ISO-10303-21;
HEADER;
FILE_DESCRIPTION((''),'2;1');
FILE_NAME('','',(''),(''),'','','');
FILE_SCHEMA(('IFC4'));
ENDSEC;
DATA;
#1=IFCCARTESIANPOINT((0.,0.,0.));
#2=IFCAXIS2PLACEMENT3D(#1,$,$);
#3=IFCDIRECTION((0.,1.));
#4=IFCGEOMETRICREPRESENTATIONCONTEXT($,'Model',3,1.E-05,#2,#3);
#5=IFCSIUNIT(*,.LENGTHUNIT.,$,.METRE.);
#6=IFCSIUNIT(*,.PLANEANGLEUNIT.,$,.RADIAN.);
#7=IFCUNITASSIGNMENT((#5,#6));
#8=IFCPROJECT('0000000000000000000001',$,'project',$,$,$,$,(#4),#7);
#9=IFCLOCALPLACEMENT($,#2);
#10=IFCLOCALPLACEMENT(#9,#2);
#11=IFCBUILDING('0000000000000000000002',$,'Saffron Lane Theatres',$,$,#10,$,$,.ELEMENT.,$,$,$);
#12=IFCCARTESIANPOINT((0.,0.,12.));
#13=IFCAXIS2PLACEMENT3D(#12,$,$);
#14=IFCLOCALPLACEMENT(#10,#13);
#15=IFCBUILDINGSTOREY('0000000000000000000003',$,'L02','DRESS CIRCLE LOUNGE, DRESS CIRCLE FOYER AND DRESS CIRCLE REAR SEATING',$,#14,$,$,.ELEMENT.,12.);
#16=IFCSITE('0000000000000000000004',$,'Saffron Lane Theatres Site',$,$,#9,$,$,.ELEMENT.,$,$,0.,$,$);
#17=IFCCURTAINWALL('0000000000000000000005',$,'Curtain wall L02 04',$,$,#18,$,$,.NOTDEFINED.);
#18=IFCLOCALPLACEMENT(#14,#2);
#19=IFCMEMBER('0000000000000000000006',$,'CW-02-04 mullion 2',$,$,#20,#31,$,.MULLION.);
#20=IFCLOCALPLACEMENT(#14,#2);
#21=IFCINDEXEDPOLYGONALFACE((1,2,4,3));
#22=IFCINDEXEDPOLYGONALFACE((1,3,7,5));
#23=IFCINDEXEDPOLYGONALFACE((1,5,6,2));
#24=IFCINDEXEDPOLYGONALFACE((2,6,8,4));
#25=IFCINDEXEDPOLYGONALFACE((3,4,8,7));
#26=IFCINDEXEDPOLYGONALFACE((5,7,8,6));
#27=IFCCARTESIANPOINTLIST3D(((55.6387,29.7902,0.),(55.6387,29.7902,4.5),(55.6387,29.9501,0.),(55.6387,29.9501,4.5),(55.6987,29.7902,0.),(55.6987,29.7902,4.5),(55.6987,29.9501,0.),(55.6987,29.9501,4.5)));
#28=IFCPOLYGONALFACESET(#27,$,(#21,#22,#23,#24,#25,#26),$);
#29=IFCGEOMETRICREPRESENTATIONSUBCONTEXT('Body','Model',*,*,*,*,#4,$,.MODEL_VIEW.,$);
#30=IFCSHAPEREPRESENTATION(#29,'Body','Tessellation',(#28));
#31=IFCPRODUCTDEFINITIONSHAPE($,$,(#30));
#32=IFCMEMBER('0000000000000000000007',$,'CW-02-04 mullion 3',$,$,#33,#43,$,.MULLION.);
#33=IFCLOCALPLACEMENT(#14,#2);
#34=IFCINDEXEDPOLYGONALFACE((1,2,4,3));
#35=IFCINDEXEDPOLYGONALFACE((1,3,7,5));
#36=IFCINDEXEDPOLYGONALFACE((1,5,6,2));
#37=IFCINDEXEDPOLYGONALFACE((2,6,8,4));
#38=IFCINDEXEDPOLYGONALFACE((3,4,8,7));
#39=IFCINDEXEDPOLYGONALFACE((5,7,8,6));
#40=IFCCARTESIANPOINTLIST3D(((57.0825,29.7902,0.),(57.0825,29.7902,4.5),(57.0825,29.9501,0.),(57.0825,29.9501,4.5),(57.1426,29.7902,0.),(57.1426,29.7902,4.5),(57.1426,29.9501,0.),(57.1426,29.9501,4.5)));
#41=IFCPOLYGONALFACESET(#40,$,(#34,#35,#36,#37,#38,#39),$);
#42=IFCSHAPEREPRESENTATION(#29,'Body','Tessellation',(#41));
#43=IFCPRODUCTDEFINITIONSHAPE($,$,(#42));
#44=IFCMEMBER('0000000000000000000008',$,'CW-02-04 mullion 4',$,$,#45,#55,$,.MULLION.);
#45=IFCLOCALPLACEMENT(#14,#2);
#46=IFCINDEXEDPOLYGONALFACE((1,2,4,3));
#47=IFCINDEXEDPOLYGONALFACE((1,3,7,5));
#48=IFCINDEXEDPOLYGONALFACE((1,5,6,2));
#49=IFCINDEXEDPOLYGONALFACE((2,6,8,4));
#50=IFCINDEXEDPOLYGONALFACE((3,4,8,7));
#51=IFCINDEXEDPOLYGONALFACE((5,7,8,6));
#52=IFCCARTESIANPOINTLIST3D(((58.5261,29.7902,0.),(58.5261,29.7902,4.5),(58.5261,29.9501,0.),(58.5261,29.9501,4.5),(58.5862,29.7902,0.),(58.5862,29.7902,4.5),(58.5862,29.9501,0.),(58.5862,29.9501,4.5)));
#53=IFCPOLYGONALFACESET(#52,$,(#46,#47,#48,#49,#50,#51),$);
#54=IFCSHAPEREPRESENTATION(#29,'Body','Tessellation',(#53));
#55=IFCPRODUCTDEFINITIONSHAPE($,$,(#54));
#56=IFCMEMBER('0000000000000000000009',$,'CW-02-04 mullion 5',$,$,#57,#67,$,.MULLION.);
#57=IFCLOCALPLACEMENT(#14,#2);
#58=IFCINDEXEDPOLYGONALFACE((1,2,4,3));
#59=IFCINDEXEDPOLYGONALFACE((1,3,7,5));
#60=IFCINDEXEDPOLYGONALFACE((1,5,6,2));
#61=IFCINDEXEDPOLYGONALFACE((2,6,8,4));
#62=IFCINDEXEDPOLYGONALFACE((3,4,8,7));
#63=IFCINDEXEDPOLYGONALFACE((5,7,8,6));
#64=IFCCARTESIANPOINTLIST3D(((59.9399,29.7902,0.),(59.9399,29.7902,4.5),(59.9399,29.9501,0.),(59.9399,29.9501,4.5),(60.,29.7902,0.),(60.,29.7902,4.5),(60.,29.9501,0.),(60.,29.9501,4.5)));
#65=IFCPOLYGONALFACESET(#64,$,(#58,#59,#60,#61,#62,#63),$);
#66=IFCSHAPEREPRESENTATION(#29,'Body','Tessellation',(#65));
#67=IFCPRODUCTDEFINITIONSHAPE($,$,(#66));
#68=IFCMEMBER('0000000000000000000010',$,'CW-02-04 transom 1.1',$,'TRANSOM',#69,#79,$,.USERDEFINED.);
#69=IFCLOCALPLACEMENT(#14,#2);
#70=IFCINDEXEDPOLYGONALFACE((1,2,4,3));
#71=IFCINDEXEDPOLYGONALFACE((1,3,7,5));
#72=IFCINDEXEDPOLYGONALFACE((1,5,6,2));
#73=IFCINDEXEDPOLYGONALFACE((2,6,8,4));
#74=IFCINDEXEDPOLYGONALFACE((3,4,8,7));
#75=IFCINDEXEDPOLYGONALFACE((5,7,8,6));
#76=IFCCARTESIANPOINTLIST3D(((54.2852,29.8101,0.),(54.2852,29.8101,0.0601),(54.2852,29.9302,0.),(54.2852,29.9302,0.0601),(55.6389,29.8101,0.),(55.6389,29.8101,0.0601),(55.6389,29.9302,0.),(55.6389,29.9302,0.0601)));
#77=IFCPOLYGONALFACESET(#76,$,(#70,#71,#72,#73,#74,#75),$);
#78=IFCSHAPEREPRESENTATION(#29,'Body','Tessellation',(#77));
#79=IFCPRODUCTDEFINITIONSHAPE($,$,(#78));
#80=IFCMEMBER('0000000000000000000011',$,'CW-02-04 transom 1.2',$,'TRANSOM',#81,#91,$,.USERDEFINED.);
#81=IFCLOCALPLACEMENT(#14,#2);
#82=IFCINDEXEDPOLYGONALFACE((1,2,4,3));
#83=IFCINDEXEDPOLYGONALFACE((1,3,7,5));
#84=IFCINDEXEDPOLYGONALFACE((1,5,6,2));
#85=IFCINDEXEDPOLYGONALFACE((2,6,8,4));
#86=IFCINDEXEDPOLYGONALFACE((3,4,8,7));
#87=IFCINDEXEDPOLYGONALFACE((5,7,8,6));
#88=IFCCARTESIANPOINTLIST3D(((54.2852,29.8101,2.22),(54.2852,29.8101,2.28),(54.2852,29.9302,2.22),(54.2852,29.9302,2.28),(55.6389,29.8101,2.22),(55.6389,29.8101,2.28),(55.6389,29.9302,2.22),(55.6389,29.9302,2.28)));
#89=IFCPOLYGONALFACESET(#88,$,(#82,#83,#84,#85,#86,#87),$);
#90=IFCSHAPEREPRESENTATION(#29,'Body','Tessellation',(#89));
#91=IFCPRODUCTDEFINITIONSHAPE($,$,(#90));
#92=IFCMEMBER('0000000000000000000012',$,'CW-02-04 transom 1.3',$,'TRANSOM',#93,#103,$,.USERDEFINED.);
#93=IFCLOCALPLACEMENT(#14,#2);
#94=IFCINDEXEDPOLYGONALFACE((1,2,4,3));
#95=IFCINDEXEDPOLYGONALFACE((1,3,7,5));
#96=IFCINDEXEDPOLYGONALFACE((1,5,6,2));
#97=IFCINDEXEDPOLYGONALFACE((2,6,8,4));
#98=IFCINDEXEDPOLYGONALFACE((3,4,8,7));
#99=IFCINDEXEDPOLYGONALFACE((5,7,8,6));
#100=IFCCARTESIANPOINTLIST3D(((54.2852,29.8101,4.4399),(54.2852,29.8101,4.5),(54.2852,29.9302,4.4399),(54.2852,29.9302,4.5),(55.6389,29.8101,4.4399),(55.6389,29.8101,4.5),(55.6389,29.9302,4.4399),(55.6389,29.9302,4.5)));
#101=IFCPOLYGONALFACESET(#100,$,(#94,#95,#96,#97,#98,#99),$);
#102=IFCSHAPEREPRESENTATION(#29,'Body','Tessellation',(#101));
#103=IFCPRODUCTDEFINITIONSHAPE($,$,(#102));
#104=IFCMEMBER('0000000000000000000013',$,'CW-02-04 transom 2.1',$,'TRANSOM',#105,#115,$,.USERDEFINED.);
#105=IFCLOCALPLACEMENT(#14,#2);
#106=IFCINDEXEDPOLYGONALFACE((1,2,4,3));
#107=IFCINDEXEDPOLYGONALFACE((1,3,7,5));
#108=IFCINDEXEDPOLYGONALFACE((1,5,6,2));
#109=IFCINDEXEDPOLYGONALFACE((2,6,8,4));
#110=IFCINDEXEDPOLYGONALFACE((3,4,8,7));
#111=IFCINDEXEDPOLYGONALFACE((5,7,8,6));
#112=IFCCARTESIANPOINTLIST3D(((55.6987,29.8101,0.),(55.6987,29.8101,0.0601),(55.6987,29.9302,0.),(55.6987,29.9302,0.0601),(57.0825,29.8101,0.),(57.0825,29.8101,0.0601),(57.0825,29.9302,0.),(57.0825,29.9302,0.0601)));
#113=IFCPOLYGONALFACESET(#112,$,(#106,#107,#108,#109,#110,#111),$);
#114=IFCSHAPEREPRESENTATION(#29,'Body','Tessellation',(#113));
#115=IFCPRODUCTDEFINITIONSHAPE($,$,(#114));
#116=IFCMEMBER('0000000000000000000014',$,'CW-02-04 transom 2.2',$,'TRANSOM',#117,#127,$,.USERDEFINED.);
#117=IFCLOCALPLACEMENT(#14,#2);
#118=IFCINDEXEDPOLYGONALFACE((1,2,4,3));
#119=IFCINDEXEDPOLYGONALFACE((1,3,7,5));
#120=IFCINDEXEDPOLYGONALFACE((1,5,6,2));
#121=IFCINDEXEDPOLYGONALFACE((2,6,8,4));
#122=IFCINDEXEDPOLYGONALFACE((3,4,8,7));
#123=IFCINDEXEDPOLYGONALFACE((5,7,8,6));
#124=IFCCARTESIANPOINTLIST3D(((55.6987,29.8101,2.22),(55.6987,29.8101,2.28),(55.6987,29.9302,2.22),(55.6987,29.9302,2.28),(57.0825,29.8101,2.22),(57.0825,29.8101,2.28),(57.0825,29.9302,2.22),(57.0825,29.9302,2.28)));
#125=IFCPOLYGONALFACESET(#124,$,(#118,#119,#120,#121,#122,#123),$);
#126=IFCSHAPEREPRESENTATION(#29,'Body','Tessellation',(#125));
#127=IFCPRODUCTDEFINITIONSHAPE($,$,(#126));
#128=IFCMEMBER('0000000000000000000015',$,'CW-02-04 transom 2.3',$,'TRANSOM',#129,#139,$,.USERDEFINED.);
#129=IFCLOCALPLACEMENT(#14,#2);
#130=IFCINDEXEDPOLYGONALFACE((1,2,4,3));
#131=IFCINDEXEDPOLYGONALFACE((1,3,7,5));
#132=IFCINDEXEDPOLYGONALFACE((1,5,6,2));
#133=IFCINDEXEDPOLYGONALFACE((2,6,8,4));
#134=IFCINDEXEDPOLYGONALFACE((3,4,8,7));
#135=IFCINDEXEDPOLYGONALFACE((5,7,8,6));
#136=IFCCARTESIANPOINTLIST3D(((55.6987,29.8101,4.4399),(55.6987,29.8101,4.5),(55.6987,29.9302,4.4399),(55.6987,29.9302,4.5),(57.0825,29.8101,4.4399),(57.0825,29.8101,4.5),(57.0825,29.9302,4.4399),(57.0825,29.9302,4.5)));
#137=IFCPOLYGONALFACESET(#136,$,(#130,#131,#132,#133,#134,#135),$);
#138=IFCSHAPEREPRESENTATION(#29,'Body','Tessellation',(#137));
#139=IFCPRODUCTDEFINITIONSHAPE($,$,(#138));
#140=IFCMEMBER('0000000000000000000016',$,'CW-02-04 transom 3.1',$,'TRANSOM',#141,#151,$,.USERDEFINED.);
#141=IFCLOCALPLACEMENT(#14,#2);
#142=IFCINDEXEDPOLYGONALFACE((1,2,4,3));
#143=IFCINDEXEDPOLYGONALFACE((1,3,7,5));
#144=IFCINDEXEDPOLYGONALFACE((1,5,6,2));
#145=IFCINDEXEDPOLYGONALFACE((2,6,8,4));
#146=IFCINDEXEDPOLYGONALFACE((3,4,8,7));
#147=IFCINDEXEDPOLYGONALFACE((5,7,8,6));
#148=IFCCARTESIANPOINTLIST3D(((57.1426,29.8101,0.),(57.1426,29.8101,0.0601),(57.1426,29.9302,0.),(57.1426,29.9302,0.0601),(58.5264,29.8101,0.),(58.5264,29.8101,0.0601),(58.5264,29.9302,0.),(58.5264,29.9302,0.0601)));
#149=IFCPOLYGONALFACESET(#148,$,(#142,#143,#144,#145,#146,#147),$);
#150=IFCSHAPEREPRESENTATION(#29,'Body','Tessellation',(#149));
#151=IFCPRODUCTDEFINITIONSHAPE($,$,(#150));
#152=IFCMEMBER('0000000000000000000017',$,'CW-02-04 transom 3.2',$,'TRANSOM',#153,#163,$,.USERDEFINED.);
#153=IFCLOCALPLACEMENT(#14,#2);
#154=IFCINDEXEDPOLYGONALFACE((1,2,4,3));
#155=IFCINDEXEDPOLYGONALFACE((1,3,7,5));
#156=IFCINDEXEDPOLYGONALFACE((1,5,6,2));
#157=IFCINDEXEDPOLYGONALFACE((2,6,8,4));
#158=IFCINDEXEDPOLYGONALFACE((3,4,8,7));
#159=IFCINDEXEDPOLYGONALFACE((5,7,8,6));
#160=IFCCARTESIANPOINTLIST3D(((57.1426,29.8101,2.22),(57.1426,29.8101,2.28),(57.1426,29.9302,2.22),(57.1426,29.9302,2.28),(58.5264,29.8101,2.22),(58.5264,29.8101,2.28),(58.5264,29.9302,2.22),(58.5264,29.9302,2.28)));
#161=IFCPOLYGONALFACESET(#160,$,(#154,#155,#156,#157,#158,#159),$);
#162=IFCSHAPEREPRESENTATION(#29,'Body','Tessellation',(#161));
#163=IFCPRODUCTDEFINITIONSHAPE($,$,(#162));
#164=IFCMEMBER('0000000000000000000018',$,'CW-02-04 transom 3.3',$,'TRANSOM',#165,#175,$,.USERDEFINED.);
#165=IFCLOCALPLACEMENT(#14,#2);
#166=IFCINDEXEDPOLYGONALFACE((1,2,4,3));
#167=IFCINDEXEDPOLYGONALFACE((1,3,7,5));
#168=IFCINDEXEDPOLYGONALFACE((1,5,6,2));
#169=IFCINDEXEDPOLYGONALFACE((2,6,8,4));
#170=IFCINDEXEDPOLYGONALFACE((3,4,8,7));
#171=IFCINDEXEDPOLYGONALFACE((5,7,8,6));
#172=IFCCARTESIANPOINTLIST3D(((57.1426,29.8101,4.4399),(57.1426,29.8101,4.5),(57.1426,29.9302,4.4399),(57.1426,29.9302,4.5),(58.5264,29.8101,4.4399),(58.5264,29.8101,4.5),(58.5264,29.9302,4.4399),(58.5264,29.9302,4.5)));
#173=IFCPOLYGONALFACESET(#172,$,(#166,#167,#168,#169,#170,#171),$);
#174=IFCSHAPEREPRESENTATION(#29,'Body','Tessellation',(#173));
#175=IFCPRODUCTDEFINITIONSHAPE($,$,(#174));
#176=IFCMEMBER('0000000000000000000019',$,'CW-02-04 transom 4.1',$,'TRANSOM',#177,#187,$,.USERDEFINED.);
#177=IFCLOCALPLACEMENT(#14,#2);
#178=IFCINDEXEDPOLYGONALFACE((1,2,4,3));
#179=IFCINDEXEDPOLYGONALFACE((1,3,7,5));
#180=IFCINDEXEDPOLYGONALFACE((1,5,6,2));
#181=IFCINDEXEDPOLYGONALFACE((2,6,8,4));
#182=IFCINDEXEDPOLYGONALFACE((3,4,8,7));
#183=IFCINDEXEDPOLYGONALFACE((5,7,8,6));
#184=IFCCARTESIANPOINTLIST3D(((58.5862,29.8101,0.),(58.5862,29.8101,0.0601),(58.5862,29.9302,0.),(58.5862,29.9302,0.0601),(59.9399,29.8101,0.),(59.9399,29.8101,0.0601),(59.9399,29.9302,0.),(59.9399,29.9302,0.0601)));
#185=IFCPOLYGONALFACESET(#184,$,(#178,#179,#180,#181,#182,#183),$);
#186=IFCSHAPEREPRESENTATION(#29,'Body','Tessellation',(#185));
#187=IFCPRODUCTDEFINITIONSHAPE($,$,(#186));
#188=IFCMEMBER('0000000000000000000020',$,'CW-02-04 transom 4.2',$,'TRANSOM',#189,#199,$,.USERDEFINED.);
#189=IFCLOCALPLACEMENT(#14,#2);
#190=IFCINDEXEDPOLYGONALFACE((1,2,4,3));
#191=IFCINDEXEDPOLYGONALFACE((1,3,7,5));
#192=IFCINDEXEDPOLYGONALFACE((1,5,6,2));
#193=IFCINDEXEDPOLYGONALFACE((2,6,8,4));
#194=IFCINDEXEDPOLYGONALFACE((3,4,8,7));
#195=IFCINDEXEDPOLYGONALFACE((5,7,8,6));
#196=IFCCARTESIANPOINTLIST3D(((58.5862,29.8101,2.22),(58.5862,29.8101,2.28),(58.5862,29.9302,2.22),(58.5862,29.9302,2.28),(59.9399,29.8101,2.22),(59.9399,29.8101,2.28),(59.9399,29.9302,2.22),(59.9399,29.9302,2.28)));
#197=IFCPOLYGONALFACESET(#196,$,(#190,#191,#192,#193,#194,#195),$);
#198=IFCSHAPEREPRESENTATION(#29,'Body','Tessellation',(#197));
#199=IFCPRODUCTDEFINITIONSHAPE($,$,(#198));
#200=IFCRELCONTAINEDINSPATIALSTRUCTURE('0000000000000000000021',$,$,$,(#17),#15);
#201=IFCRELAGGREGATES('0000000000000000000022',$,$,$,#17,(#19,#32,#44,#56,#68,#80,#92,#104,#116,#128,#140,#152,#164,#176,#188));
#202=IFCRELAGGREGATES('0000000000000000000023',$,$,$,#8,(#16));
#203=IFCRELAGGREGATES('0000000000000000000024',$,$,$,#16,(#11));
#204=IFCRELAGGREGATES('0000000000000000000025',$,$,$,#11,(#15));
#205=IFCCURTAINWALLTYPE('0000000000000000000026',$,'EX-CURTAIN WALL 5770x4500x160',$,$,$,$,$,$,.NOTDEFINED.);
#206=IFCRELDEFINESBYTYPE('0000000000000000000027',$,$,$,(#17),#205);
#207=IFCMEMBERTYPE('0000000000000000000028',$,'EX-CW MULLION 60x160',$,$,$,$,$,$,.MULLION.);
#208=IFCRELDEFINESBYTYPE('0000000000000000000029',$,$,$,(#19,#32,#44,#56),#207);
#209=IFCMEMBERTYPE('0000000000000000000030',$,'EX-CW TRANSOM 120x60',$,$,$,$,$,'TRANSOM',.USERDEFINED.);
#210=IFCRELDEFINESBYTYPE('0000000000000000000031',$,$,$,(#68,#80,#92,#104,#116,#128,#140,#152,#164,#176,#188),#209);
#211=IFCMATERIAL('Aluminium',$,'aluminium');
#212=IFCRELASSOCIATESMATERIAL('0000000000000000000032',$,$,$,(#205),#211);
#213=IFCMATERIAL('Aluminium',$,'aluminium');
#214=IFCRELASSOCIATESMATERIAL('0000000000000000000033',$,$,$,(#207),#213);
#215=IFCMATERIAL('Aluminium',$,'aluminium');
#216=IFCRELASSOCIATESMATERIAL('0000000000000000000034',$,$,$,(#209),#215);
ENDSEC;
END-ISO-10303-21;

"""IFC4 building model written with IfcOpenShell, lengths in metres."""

from ifc_helpers import new_model, si_unit, direction, frame, origin, origin_2d, place, context, subcontext, project, spatial, rectangle, extrude, material, material_profile, profile_set, type_object, element, aggregate, save


model = new_model("IFC4")

# Units and contexts
model_context = context("Model", 3, precision=1e-05, world=origin(), true_north=direction((0.0, 1.0)))
body_context = subcontext(model_context, "Body", "Model", "MODEL_VIEW")
ifc_project = project(units=[si_unit("LENGTHUNIT", "METRE"), si_unit("PLANEANGLEUNIT", "RADIAN")], contexts=[model_context])

# Site, building, storey
site_placement = place(None, origin())
site = spatial("IfcSite", under=ifc_project, at=site_placement, Name="Saffron Lane Theatres Site", CompositionType="ELEMENT", RefElevation=0.0)
building_placement = place(site_placement, origin())
building = spatial("IfcBuilding", under=site, at=building_placement, Name="Saffron Lane Theatres", CompositionType="ELEMENT")
storey_placement = place(building_placement, frame((0.0, 0.0, 12.0)))
storey = spatial("IfcBuildingStorey", under=building, at=storey_placement, Name="L02", Description="DRESS CIRCLE LOUNGE, DRESS CIRCLE FOYER AND DRESS CIRCLE REAR SEATING", CompositionType="ELEMENT", Elevation=12.0)

# Curtain wall, members
ifc_material_1 = material(Name="Aluminium", Category="aluminium")
curtain_wall_type = type_object("IfcCurtainWallType", Name="EX-CURTAIN WALL 5770x4500x160", PredefinedType="NOTDEFINED", material=ifc_material_1)
curtain_wall_placement = place(storey_placement, origin())
curtain_wall = element("IfcCurtainWall", 1, at=curtain_wall_placement, inside=storey, type_object=curtain_wall_type, Name="Curtain wall L02 04", PredefinedType="NOTDEFINED")
ifc_material_2 = material(Name="Aluminium", Category="aluminium")
ifc_material_profile_1 = material_profile(ifc_material_2, rectangle(XDim=0.0601, YDim=0.1599, at=origin_2d()))
ifc_profile_set_1 = profile_set([ifc_material_profile_1], Name="Aluminium")
member_type_1 = type_object("IfcMemberType", Name="EX-CW MULLION 60x160", PredefinedType="MULLION", material=ifc_profile_set_1)
member_1_placement = place(storey_placement, frame((55.6687, 29.8701, 0.0), z_axis=(0.0, 0.0, 1.0), x_axis=(1.0, 0.0, 0.0)))
member_1 = element("IfcMember", 2, at=member_1_placement, type_object=member_type_1, Name="CW-02-04 mullion 2", PredefinedType="MULLION", context=body_context, shape_type="SweptSolid", body=[
    extrude(rectangle(XDim=0.0601, YDim=0.1599, at=origin_2d()), origin(), (0.0, 0.0, 1.0), 4.5),
])
member_2_placement = place(storey_placement, frame((57.1125, 29.8701, 0.0), z_axis=(0.0, 0.0, 1.0), x_axis=(1.0, 0.0, 0.0)))
member_2 = element("IfcMember", 3, at=member_2_placement, type_object=member_type_1, Name="CW-02-04 mullion 3", PredefinedType="MULLION", context=body_context, shape_type="SweptSolid", body=[
    extrude(rectangle(XDim=0.0601, YDim=0.1599, at=origin_2d()), origin(), (0.0, 0.0, 1.0), 4.5),
])
member_3_placement = place(storey_placement, frame((58.5562, 29.8701, 0.0), z_axis=(0.0, 0.0, 1.0), x_axis=(1.0, 0.0, 0.0)))
member_3 = element("IfcMember", 4, at=member_3_placement, type_object=member_type_1, Name="CW-02-04 mullion 4", PredefinedType="MULLION", context=body_context, shape_type="SweptSolid", body=[
    extrude(rectangle(XDim=0.0601, YDim=0.1599, at=origin_2d()), origin(), (0.0, 0.0, 1.0), 4.5),
])
member_4_placement = place(storey_placement, frame((59.97, 29.8701, 0.0), z_axis=(0.0, 0.0, 1.0), x_axis=(1.0, 0.0, 0.0)))
member_4 = element("IfcMember", 5, at=member_4_placement, type_object=member_type_1, Name="CW-02-04 mullion 5", PredefinedType="MULLION", context=body_context, shape_type="SweptSolid", body=[
    extrude(rectangle(XDim=0.0601, YDim=0.1599, at=origin_2d()), origin(), (0.0, 0.0, 1.0), 4.5),
])
ifc_material_3 = material(Name="Aluminium", Category="aluminium")
ifc_material_profile_2 = material_profile(ifc_material_3, rectangle(XDim=0.1201, YDim=0.0601, at=origin_2d()))
ifc_profile_set_2 = profile_set([ifc_material_profile_2], Name="Aluminium")
member_type_2 = type_object("IfcMemberType", Name="EX-CW TRANSOM 120x60", ElementType="TRANSOM", PredefinedType="USERDEFINED", material=ifc_profile_set_2)
member_5_placement = place(storey_placement, frame((54.2852, 29.8701, 0.03), z_axis=(1.0, 0.0, 0.0), x_axis=(0.0, 1.0, 0.0)))
member_5 = element("IfcMember", 6, at=member_5_placement, type_object=member_type_2, Name="CW-02-04 transom 1.1", ObjectType="TRANSOM", PredefinedType="USERDEFINED", context=body_context, shape_type="SweptSolid", body=[
    extrude(rectangle(XDim=0.1201, YDim=0.0601, at=origin_2d()), origin(), (0.0, 0.0, 1.0), 1.3538),
])
member_6_placement = place(storey_placement, frame((54.2852, 29.8701, 2.25), z_axis=(1.0, 0.0, 0.0), x_axis=(0.0, 1.0, 0.0)))
member_6 = element("IfcMember", 7, at=member_6_placement, type_object=member_type_2, Name="CW-02-04 transom 1.2", ObjectType="TRANSOM", PredefinedType="USERDEFINED", context=body_context, shape_type="SweptSolid", body=[
    extrude(rectangle(XDim=0.1201, YDim=0.0601, at=origin_2d()), origin(), (0.0, 0.0, 1.0), 1.3538),
])
member_7_placement = place(storey_placement, frame((54.2852, 29.8701, 4.47), z_axis=(1.0, 0.0, 0.0), x_axis=(0.0, 1.0, 0.0)))
member_7 = element("IfcMember", 8, at=member_7_placement, type_object=member_type_2, Name="CW-02-04 transom 1.3", ObjectType="TRANSOM", PredefinedType="USERDEFINED", context=body_context, shape_type="SweptSolid", body=[
    extrude(rectangle(XDim=0.1201, YDim=0.0601, at=origin_2d()), origin(), (0.0, 0.0, 1.0), 1.3538),
])
member_8_placement = place(storey_placement, frame((55.6987, 29.8701, 0.03), z_axis=(1.0, 0.0, 0.0), x_axis=(0.0, 1.0, 0.0)))
member_8 = element("IfcMember", 9, at=member_8_placement, type_object=member_type_2, Name="CW-02-04 transom 2.1", ObjectType="TRANSOM", PredefinedType="USERDEFINED", context=body_context, shape_type="SweptSolid", body=[
    extrude(rectangle(XDim=0.1201, YDim=0.0601, at=origin_2d()), origin(), (0.0, 0.0, 1.0), 1.3838),
])
member_9_placement = place(storey_placement, frame((55.6987, 29.8701, 2.25), z_axis=(1.0, 0.0, 0.0), x_axis=(0.0, 1.0, 0.0)))
member_9 = element("IfcMember", 10, at=member_9_placement, type_object=member_type_2, Name="CW-02-04 transom 2.2", ObjectType="TRANSOM", PredefinedType="USERDEFINED", context=body_context, shape_type="SweptSolid", body=[
    extrude(rectangle(XDim=0.1201, YDim=0.0601, at=origin_2d()), origin(), (0.0, 0.0, 1.0), 1.3838),
])
member_10_placement = place(storey_placement, frame((55.6987, 29.8701, 4.47), z_axis=(1.0, 0.0, 0.0), x_axis=(0.0, 1.0, 0.0)))
member_10 = element("IfcMember", 11, at=member_10_placement, type_object=member_type_2, Name="CW-02-04 transom 2.3", ObjectType="TRANSOM", PredefinedType="USERDEFINED", context=body_context, shape_type="SweptSolid", body=[
    extrude(rectangle(XDim=0.1201, YDim=0.0601, at=origin_2d()), origin(), (0.0, 0.0, 1.0), 1.3838),
])
member_11_placement = place(storey_placement, frame((57.1426, 29.8701, 0.03), z_axis=(1.0, 0.0, 0.0), x_axis=(0.0, 1.0, 0.0)))
member_11 = element("IfcMember", 12, at=member_11_placement, type_object=member_type_2, Name="CW-02-04 transom 3.1", ObjectType="TRANSOM", PredefinedType="USERDEFINED", context=body_context, shape_type="SweptSolid", body=[
    extrude(rectangle(XDim=0.1201, YDim=0.0601, at=origin_2d()), origin(), (0.0, 0.0, 1.0), 1.3838),
])
member_12_placement = place(storey_placement, frame((57.1426, 29.8701, 2.25), z_axis=(1.0, 0.0, 0.0), x_axis=(0.0, 1.0, 0.0)))
member_12 = element("IfcMember", 13, at=member_12_placement, type_object=member_type_2, Name="CW-02-04 transom 3.2", ObjectType="TRANSOM", PredefinedType="USERDEFINED", context=body_context, shape_type="SweptSolid", body=[
    extrude(rectangle(XDim=0.1201, YDim=0.0601, at=origin_2d()), origin(), (0.0, 0.0, 1.0), 1.3838),
])
member_13_placement = place(storey_placement, frame((57.1426, 29.8701, 4.47), z_axis=(1.0, 0.0, 0.0), x_axis=(0.0, 1.0, 0.0)))
member_13 = element("IfcMember", 14, at=member_13_placement, type_object=member_type_2, Name="CW-02-04 transom 3.3", ObjectType="TRANSOM", PredefinedType="USERDEFINED", context=body_context, shape_type="SweptSolid", body=[
    extrude(rectangle(XDim=0.1201, YDim=0.0601, at=origin_2d()), origin(), (0.0, 0.0, 1.0), 1.3838),
])
member_14_placement = place(storey_placement, frame((58.5862, 29.8701, 0.03), z_axis=(1.0, 0.0, 0.0), x_axis=(0.0, 1.0, 0.0)))
member_14 = element("IfcMember", 15, at=member_14_placement, type_object=member_type_2, Name="CW-02-04 transom 4.1", ObjectType="TRANSOM", PredefinedType="USERDEFINED", context=body_context, shape_type="SweptSolid", body=[
    extrude(rectangle(XDim=0.1201, YDim=0.0601, at=origin_2d()), origin(), (0.0, 0.0, 1.0), 1.3538),
])
member_15_placement = place(storey_placement, frame((58.5862, 29.8701, 2.25), z_axis=(1.0, 0.0, 0.0), x_axis=(0.0, 1.0, 0.0)))
member_15 = element("IfcMember", 16, at=member_15_placement, type_object=member_type_2, Name="CW-02-04 transom 4.2", ObjectType="TRANSOM", PredefinedType="USERDEFINED", context=body_context, shape_type="SweptSolid", body=[
    extrude(rectangle(XDim=0.1201, YDim=0.0601, at=origin_2d()), origin(), (0.0, 0.0, 1.0), 1.3538),
])

aggregate(curtain_wall, [member_1, member_2, member_3, member_4, member_5, member_6, member_7, member_8, member_9, member_10, member_11, member_12, member_13, member_14, member_15])

save(model, "model.ifc")
